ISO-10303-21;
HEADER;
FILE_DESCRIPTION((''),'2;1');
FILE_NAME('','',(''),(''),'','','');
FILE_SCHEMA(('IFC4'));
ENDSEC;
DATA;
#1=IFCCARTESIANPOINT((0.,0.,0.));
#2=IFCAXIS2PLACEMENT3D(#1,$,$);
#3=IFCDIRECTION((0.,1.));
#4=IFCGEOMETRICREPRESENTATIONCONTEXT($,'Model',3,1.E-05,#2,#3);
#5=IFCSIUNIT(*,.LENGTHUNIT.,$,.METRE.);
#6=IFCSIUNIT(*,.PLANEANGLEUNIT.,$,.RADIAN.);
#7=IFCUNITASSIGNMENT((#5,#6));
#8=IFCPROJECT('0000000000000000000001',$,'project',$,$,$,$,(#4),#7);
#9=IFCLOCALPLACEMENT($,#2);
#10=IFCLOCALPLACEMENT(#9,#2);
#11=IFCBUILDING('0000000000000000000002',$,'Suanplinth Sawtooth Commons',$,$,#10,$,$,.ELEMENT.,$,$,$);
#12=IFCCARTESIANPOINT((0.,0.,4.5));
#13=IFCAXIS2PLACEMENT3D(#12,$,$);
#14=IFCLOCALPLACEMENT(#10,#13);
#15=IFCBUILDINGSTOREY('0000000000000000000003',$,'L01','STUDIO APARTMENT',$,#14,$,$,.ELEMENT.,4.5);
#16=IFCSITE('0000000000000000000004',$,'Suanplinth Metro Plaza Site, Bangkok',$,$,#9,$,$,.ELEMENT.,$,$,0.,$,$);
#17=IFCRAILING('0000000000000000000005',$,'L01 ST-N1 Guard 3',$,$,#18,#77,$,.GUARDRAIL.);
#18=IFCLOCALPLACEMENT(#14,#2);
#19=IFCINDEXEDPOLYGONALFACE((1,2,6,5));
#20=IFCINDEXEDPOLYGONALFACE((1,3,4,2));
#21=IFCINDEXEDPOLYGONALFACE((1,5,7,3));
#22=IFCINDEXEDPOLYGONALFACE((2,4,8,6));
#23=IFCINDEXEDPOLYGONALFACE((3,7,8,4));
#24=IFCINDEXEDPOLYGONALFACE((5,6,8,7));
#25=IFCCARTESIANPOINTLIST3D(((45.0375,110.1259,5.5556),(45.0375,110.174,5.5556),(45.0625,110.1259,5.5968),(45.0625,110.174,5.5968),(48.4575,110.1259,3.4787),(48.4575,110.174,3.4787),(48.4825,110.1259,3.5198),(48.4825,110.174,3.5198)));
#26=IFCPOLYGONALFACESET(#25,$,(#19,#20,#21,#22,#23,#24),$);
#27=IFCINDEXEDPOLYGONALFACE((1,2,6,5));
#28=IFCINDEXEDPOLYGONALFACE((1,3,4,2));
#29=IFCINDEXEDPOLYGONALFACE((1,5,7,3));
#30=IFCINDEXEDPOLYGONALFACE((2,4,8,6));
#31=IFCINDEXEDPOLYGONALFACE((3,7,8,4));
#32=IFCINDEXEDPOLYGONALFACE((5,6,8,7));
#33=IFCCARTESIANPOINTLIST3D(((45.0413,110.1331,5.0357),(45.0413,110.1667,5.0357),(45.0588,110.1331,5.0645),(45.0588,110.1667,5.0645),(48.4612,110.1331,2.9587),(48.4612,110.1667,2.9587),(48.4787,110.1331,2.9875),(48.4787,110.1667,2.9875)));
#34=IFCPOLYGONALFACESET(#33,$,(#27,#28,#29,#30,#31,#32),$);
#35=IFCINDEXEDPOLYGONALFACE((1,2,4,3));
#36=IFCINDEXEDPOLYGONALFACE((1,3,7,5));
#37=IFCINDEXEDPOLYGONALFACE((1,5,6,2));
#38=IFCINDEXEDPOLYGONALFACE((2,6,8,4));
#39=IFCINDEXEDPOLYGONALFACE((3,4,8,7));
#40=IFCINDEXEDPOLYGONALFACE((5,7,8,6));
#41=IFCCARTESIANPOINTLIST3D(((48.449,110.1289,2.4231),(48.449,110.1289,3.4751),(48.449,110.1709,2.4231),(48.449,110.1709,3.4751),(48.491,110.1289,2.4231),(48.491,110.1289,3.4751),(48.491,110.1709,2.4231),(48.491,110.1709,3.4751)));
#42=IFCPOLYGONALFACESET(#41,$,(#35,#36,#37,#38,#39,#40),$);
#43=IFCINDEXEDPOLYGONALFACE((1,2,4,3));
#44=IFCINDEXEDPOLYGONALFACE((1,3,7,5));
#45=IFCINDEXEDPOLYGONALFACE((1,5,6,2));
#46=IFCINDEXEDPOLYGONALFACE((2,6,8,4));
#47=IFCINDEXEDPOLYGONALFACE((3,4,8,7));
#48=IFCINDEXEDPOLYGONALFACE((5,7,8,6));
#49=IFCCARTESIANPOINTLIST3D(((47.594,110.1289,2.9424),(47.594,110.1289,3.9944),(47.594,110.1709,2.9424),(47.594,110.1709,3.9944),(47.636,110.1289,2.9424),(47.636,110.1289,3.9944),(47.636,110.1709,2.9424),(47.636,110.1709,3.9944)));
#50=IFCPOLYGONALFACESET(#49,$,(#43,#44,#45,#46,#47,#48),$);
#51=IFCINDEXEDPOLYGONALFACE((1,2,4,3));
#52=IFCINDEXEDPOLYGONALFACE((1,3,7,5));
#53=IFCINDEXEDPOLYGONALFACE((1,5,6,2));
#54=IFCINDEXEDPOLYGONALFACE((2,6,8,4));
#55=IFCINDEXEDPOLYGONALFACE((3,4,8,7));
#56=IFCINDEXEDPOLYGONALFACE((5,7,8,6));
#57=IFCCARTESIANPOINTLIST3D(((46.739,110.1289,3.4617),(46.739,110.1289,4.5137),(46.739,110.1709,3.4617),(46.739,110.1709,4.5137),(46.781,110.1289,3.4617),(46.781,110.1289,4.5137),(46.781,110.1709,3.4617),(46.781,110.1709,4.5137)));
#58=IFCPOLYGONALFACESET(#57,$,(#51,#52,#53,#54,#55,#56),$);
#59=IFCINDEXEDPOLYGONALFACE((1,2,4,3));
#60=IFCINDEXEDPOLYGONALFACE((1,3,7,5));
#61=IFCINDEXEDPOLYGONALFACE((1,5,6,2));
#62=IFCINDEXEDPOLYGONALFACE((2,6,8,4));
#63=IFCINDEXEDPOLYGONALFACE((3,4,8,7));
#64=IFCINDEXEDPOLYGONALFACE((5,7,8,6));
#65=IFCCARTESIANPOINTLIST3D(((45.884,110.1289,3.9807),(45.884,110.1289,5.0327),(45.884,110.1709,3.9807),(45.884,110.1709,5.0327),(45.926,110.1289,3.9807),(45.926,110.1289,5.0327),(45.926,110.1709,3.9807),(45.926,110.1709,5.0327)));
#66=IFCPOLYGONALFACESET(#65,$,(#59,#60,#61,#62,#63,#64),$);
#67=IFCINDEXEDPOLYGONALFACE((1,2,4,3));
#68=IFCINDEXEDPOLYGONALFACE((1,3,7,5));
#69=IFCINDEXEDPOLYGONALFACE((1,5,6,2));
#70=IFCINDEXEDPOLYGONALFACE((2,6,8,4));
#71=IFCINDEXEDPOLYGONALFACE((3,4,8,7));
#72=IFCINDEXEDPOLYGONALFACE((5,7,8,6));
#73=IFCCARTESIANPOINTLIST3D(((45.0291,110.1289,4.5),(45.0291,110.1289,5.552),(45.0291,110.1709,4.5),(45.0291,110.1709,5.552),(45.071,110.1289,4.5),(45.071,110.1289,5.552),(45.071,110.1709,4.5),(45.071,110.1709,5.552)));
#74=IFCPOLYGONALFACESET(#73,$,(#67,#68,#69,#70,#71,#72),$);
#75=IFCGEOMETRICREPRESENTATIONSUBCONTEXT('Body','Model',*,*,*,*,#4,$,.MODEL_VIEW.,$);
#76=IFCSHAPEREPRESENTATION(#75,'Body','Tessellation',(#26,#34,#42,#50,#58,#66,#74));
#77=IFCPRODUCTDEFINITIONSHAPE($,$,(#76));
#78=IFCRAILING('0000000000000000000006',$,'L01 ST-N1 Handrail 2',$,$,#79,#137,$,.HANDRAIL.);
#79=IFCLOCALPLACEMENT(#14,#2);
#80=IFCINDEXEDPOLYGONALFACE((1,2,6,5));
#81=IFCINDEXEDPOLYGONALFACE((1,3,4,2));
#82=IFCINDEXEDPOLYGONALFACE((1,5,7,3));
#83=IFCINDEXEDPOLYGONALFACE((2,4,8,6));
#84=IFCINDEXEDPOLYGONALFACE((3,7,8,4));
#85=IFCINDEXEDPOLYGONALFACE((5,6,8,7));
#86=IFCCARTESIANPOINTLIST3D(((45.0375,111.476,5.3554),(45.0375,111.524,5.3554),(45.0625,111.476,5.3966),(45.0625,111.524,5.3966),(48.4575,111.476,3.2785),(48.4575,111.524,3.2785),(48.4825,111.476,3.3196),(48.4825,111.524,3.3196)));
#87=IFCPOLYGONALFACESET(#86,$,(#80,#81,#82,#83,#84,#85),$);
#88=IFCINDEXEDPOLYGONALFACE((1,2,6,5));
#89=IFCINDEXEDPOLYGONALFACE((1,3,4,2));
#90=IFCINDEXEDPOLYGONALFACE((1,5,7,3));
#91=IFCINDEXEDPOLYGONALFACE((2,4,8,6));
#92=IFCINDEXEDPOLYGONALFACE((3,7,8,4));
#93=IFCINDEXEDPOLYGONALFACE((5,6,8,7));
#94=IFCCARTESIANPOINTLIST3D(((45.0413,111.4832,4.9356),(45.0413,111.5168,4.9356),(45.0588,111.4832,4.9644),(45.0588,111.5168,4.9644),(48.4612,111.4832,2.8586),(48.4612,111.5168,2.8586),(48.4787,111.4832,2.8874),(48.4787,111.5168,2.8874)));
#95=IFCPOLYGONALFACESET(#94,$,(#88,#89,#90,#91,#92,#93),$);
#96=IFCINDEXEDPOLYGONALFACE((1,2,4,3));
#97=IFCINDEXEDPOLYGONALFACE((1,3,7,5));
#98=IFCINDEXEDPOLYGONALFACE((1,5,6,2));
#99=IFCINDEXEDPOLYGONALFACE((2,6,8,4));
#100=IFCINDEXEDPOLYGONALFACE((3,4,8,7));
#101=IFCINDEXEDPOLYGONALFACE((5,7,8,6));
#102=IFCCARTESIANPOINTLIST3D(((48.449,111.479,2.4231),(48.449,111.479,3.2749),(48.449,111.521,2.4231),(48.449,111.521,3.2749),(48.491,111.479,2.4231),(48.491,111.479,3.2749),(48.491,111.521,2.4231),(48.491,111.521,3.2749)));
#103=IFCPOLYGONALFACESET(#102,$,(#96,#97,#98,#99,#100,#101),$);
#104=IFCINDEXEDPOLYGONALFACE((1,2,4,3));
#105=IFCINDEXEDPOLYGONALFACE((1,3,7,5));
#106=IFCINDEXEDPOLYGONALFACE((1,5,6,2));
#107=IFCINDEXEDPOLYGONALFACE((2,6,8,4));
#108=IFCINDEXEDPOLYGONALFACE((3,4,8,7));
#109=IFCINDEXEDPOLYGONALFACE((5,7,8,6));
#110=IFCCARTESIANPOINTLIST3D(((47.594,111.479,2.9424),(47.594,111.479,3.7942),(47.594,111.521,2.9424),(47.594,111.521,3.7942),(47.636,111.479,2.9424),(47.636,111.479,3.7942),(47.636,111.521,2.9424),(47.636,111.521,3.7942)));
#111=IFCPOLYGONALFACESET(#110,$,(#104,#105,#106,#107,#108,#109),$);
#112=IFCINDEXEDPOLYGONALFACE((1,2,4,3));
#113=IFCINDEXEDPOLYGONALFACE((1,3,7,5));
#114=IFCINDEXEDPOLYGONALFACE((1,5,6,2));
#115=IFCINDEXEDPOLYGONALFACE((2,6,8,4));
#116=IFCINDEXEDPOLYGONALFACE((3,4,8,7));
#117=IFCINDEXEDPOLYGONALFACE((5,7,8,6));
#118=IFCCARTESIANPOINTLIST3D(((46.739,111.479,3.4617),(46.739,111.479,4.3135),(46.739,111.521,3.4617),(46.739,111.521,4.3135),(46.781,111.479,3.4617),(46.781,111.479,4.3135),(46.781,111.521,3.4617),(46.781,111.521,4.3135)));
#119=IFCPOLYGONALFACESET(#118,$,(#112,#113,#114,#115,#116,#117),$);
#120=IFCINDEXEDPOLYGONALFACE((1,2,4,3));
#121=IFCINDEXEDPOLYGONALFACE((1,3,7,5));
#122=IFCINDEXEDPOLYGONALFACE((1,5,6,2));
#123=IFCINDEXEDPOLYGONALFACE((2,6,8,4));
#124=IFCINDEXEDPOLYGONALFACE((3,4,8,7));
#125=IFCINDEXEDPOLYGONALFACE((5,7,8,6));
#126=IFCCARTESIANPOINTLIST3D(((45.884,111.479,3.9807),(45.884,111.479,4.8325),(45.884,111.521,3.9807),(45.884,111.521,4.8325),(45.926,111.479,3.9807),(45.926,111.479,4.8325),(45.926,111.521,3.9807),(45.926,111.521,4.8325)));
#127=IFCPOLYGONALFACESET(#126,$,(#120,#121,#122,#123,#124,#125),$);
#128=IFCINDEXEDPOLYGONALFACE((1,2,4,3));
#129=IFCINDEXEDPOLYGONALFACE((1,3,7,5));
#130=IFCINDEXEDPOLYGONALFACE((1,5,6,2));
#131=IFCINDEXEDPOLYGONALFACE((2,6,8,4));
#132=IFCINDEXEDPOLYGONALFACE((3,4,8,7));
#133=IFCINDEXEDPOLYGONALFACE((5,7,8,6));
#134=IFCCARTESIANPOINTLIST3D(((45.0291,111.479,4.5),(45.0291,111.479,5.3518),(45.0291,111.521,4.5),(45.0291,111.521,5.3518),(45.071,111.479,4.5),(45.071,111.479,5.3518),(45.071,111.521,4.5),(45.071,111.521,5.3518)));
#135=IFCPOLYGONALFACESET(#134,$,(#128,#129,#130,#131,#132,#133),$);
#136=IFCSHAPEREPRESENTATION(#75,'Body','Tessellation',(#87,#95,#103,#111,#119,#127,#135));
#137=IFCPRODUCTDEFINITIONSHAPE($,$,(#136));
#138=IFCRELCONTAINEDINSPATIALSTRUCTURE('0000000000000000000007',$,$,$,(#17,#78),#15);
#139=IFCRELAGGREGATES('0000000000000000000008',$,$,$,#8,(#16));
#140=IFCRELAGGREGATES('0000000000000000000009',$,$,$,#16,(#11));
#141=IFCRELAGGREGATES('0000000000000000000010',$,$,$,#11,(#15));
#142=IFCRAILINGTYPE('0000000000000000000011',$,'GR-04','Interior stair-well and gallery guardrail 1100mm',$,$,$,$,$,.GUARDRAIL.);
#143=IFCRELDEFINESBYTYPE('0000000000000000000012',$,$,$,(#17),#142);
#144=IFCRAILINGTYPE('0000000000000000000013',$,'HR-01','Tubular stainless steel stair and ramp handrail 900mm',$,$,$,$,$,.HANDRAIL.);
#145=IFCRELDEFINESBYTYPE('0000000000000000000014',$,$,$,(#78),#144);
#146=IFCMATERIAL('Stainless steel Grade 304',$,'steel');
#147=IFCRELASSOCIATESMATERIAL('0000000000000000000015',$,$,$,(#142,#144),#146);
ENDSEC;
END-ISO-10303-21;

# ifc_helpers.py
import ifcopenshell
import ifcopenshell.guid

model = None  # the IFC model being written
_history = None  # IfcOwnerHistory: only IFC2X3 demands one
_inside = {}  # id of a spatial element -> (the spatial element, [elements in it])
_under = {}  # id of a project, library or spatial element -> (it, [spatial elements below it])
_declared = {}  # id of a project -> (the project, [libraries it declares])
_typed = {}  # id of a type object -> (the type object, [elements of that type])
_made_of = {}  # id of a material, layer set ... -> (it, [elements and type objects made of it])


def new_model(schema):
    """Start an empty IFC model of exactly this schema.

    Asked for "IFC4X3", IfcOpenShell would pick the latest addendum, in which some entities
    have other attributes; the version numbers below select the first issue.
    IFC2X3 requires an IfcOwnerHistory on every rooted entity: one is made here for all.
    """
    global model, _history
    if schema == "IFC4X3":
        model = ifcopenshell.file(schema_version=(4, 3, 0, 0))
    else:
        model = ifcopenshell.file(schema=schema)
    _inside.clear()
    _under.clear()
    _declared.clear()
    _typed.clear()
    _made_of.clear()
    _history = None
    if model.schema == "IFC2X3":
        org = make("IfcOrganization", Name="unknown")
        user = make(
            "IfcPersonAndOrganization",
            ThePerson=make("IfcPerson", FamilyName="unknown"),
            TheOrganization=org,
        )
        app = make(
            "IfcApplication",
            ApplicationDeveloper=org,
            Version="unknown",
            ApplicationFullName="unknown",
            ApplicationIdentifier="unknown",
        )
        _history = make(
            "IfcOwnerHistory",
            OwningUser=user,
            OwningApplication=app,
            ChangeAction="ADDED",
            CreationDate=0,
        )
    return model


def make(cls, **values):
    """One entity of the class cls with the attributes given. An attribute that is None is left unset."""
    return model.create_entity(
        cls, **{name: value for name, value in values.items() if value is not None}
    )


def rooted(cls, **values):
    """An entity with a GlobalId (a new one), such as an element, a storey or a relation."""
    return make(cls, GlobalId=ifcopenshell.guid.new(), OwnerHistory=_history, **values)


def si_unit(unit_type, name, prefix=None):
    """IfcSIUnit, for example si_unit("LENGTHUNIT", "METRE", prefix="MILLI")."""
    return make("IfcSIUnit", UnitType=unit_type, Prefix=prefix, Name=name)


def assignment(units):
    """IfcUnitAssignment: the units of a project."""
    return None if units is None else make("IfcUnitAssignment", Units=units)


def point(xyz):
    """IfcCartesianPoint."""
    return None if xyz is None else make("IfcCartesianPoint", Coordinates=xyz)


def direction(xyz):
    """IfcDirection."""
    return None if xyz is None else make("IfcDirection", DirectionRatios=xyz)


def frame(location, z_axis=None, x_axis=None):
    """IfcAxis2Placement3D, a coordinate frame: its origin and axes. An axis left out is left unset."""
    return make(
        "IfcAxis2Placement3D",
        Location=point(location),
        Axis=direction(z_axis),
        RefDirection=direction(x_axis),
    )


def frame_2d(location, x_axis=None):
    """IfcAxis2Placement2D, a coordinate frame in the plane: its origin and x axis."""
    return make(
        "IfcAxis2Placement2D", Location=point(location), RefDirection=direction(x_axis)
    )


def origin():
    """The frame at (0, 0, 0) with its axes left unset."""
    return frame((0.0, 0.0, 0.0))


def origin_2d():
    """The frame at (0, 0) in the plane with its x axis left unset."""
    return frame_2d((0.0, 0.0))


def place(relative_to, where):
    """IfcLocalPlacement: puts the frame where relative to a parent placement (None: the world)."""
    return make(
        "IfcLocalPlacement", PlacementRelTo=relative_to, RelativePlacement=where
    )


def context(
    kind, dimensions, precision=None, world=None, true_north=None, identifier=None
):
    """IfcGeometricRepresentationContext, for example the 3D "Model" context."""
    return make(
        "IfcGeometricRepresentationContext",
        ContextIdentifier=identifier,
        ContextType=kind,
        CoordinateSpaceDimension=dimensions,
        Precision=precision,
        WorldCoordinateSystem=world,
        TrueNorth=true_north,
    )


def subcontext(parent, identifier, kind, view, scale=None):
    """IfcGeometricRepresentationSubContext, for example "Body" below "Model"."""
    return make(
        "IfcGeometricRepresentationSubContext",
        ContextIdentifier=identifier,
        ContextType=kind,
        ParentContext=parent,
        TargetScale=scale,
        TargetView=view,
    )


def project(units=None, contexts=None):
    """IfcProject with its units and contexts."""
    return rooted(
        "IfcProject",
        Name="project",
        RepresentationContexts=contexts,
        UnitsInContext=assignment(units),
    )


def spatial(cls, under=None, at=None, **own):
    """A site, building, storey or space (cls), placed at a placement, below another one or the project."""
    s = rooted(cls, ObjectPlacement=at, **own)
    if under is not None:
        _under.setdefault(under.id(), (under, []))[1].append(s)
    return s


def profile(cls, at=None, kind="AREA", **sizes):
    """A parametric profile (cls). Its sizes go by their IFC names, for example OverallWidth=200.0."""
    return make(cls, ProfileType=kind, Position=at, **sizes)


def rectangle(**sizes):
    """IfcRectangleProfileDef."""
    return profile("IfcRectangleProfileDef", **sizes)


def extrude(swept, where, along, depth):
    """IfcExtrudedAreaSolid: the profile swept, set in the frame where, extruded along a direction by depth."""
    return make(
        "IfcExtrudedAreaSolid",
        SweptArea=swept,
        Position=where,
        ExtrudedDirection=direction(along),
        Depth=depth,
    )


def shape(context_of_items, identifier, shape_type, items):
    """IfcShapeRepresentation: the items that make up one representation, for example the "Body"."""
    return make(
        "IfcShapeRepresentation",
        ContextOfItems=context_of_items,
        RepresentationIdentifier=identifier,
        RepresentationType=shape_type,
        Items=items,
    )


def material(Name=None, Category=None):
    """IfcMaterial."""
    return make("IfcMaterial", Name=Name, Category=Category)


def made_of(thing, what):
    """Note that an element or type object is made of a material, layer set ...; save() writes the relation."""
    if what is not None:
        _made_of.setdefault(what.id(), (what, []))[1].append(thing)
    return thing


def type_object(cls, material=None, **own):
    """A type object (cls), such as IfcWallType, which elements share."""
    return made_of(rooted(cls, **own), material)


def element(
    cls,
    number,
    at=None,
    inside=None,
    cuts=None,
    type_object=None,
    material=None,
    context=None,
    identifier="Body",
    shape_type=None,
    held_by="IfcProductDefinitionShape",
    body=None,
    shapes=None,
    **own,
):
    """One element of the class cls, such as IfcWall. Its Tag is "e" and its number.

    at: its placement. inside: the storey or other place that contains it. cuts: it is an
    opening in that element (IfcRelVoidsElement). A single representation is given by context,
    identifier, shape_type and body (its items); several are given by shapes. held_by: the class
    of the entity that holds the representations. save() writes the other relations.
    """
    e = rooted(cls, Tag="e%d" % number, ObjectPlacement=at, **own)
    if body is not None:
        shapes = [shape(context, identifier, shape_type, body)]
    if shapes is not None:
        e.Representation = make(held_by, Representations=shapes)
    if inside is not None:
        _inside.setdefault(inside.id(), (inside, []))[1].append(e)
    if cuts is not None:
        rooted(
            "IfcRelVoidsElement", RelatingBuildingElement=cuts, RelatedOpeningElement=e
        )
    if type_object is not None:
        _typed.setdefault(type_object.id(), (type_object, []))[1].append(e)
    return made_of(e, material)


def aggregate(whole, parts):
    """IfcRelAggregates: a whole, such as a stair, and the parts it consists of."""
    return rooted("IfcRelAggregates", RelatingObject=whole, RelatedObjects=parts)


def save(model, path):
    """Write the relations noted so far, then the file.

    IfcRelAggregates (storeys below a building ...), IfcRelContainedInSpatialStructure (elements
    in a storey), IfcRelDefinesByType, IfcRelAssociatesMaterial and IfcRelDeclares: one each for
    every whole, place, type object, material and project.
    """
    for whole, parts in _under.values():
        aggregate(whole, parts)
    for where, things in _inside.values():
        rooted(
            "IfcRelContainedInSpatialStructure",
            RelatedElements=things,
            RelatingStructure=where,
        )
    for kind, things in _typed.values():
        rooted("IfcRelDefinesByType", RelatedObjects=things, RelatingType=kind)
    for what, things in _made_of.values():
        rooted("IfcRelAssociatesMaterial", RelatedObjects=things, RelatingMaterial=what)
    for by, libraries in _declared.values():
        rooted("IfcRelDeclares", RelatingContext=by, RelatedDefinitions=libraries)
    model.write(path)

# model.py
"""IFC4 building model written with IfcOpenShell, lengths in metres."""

from ifc_helpers import new_model, si_unit, direction, frame, origin, origin_2d, place, context, subcontext, project, spatial, rectangle, extrude, material, type_object, element, save


model = new_model("IFC4")

# Units and contexts
model_context = context("Model", 3, precision=1e-05, world=origin(), true_north=direction((0.0, 1.0)))
body_context = subcontext(model_context, "Body", "Model", "MODEL_VIEW")
ifc_project = project(units=[si_unit("LENGTHUNIT", "METRE"), si_unit("PLANEANGLEUNIT", "RADIAN")], contexts=[model_context])

# Site, building, storey
site_placement = place(None, origin())
site = spatial("IfcSite", under=ifc_project, at=site_placement, Name="Suanplinth Metro Plaza Site, Bangkok", CompositionType="ELEMENT", RefElevation=0.0)
building_placement = place(site_placement, origin())
building = spatial("IfcBuilding", under=site, at=building_placement, Name="Suanplinth Sawtooth Commons", CompositionType="ELEMENT")
storey_placement = place(building_placement, frame((0.0, 0.0, 4.5)))
storey = spatial("IfcBuildingStorey", under=building, at=storey_placement, Name="L01", Description="STUDIO APARTMENT", CompositionType="ELEMENT", Elevation=4.5)

# Shared definitions
ifc_material_1 = material(Name="Stainless steel Grade 304", Category="steel")

# Railings
railing_type_1 = type_object("IfcRailingType", Name="GR-04", Description="Interior stair-well and gallery guardrail 1100mm", PredefinedType="GUARDRAIL", material=ifc_material_1)
railing_1_placement = place(storey_placement, frame((48.47, 110.1499, 2.4231)))
element("IfcRailing", 1, at=railing_1_placement, inside=storey, type_object=railing_type_1, Name="L01 ST-N1 Guard 3", PredefinedType="GUARDRAIL", context=body_context, shape_type="SweptSolid", body=[
    extrude(rectangle(XDim=0.0481, YDim=0.0481, at=origin_2d()), frame((0.0, 0.0, 1.0762), z_axis=(-0.85473, 0.0, 0.519074), x_axis=(0.0, -1.0, 0.0)), (0.0, 0.0, 1.0), 4.0012),
    extrude(rectangle(XDim=0.0337, YDim=0.0337, at=origin_2d()), frame((0.0, 0.0, 0.55), z_axis=(-0.85473, 0.0, 0.519074), x_axis=(0.0, -1.0, 0.0)), (0.0, 0.0, 1.0), 4.0012),
    extrude(rectangle(XDim=0.042, YDim=0.042, at=origin_2d()), origin(), (0.0, 0.0, 1.0), 1.052),
    extrude(rectangle(XDim=0.042, YDim=0.042, at=origin_2d()), frame((-0.855, 0.0, 0.5193)), (0.0, 0.0, 1.0), 1.052),
    extrude(rectangle(XDim=0.042, YDim=0.042, at=origin_2d()), frame((-1.71, 0.0, 1.0386)), (0.0, 0.0, 1.0), 1.052),
    extrude(rectangle(XDim=0.042, YDim=0.042, at=origin_2d()), frame((-2.5649, 0.0, 1.5576)), (0.0, 0.0, 1.0), 1.052),
    extrude(rectangle(XDim=0.042, YDim=0.042, at=origin_2d()), frame((-3.4199, 0.0, 2.0769)), (0.0, 0.0, 1.0), 1.052),
])
railing_type_2 = type_object("IfcRailingType", Name="HR-01", Description="Tubular stainless steel stair and ramp handrail 900mm", PredefinedType="HANDRAIL", material=ifc_material_1)
railing_2_placement = place(storey_placement, frame((48.47, 111.5, 2.4231)))
element("IfcRailing", 2, at=railing_2_placement, inside=storey, type_object=railing_type_2, Name="L01 ST-N1 Handrail 2", PredefinedType="HANDRAIL", context=body_context, shape_type="SweptSolid", body=[
    extrude(rectangle(XDim=0.0481, YDim=0.0481, at=origin_2d()), frame((0.0, 0.0, 0.876), z_axis=(-0.85473, 0.0, 0.519074), x_axis=(0.0, -1.0, 0.0)), (0.0, 0.0, 1.0), 4.0012),
    extrude(rectangle(XDim=0.0337, YDim=0.0337, at=origin_2d()), frame((0.0, 0.0, 0.45), z_axis=(-0.85473, 0.0, 0.519074), x_axis=(0.0, -1.0, 0.0)), (0.0, 0.0, 1.0), 4.0012),
    extrude(rectangle(XDim=0.042, YDim=0.042, at=origin_2d()), origin(), (0.0, 0.0, 1.0), 0.8518),
    extrude(rectangle(XDim=0.042, YDim=0.042, at=origin_2d()), frame((-0.855, 0.0, 0.5193)), (0.0, 0.0, 1.0), 0.8518),
    extrude(rectangle(XDim=0.042, YDim=0.042, at=origin_2d()), frame((-1.71, 0.0, 1.0386)), (0.0, 0.0, 1.0), 0.8518),
    extrude(rectangle(XDim=0.042, YDim=0.042, at=origin_2d()), frame((-2.5649, 0.0, 1.5576)), (0.0, 0.0, 1.0), 0.8518),
    extrude(rectangle(XDim=0.042, YDim=0.042, at=origin_2d()), frame((-3.4199, 0.0, 2.0769)), (0.0, 0.0, 1.0), 0.8518),
])

save(model, "model.ifc")
